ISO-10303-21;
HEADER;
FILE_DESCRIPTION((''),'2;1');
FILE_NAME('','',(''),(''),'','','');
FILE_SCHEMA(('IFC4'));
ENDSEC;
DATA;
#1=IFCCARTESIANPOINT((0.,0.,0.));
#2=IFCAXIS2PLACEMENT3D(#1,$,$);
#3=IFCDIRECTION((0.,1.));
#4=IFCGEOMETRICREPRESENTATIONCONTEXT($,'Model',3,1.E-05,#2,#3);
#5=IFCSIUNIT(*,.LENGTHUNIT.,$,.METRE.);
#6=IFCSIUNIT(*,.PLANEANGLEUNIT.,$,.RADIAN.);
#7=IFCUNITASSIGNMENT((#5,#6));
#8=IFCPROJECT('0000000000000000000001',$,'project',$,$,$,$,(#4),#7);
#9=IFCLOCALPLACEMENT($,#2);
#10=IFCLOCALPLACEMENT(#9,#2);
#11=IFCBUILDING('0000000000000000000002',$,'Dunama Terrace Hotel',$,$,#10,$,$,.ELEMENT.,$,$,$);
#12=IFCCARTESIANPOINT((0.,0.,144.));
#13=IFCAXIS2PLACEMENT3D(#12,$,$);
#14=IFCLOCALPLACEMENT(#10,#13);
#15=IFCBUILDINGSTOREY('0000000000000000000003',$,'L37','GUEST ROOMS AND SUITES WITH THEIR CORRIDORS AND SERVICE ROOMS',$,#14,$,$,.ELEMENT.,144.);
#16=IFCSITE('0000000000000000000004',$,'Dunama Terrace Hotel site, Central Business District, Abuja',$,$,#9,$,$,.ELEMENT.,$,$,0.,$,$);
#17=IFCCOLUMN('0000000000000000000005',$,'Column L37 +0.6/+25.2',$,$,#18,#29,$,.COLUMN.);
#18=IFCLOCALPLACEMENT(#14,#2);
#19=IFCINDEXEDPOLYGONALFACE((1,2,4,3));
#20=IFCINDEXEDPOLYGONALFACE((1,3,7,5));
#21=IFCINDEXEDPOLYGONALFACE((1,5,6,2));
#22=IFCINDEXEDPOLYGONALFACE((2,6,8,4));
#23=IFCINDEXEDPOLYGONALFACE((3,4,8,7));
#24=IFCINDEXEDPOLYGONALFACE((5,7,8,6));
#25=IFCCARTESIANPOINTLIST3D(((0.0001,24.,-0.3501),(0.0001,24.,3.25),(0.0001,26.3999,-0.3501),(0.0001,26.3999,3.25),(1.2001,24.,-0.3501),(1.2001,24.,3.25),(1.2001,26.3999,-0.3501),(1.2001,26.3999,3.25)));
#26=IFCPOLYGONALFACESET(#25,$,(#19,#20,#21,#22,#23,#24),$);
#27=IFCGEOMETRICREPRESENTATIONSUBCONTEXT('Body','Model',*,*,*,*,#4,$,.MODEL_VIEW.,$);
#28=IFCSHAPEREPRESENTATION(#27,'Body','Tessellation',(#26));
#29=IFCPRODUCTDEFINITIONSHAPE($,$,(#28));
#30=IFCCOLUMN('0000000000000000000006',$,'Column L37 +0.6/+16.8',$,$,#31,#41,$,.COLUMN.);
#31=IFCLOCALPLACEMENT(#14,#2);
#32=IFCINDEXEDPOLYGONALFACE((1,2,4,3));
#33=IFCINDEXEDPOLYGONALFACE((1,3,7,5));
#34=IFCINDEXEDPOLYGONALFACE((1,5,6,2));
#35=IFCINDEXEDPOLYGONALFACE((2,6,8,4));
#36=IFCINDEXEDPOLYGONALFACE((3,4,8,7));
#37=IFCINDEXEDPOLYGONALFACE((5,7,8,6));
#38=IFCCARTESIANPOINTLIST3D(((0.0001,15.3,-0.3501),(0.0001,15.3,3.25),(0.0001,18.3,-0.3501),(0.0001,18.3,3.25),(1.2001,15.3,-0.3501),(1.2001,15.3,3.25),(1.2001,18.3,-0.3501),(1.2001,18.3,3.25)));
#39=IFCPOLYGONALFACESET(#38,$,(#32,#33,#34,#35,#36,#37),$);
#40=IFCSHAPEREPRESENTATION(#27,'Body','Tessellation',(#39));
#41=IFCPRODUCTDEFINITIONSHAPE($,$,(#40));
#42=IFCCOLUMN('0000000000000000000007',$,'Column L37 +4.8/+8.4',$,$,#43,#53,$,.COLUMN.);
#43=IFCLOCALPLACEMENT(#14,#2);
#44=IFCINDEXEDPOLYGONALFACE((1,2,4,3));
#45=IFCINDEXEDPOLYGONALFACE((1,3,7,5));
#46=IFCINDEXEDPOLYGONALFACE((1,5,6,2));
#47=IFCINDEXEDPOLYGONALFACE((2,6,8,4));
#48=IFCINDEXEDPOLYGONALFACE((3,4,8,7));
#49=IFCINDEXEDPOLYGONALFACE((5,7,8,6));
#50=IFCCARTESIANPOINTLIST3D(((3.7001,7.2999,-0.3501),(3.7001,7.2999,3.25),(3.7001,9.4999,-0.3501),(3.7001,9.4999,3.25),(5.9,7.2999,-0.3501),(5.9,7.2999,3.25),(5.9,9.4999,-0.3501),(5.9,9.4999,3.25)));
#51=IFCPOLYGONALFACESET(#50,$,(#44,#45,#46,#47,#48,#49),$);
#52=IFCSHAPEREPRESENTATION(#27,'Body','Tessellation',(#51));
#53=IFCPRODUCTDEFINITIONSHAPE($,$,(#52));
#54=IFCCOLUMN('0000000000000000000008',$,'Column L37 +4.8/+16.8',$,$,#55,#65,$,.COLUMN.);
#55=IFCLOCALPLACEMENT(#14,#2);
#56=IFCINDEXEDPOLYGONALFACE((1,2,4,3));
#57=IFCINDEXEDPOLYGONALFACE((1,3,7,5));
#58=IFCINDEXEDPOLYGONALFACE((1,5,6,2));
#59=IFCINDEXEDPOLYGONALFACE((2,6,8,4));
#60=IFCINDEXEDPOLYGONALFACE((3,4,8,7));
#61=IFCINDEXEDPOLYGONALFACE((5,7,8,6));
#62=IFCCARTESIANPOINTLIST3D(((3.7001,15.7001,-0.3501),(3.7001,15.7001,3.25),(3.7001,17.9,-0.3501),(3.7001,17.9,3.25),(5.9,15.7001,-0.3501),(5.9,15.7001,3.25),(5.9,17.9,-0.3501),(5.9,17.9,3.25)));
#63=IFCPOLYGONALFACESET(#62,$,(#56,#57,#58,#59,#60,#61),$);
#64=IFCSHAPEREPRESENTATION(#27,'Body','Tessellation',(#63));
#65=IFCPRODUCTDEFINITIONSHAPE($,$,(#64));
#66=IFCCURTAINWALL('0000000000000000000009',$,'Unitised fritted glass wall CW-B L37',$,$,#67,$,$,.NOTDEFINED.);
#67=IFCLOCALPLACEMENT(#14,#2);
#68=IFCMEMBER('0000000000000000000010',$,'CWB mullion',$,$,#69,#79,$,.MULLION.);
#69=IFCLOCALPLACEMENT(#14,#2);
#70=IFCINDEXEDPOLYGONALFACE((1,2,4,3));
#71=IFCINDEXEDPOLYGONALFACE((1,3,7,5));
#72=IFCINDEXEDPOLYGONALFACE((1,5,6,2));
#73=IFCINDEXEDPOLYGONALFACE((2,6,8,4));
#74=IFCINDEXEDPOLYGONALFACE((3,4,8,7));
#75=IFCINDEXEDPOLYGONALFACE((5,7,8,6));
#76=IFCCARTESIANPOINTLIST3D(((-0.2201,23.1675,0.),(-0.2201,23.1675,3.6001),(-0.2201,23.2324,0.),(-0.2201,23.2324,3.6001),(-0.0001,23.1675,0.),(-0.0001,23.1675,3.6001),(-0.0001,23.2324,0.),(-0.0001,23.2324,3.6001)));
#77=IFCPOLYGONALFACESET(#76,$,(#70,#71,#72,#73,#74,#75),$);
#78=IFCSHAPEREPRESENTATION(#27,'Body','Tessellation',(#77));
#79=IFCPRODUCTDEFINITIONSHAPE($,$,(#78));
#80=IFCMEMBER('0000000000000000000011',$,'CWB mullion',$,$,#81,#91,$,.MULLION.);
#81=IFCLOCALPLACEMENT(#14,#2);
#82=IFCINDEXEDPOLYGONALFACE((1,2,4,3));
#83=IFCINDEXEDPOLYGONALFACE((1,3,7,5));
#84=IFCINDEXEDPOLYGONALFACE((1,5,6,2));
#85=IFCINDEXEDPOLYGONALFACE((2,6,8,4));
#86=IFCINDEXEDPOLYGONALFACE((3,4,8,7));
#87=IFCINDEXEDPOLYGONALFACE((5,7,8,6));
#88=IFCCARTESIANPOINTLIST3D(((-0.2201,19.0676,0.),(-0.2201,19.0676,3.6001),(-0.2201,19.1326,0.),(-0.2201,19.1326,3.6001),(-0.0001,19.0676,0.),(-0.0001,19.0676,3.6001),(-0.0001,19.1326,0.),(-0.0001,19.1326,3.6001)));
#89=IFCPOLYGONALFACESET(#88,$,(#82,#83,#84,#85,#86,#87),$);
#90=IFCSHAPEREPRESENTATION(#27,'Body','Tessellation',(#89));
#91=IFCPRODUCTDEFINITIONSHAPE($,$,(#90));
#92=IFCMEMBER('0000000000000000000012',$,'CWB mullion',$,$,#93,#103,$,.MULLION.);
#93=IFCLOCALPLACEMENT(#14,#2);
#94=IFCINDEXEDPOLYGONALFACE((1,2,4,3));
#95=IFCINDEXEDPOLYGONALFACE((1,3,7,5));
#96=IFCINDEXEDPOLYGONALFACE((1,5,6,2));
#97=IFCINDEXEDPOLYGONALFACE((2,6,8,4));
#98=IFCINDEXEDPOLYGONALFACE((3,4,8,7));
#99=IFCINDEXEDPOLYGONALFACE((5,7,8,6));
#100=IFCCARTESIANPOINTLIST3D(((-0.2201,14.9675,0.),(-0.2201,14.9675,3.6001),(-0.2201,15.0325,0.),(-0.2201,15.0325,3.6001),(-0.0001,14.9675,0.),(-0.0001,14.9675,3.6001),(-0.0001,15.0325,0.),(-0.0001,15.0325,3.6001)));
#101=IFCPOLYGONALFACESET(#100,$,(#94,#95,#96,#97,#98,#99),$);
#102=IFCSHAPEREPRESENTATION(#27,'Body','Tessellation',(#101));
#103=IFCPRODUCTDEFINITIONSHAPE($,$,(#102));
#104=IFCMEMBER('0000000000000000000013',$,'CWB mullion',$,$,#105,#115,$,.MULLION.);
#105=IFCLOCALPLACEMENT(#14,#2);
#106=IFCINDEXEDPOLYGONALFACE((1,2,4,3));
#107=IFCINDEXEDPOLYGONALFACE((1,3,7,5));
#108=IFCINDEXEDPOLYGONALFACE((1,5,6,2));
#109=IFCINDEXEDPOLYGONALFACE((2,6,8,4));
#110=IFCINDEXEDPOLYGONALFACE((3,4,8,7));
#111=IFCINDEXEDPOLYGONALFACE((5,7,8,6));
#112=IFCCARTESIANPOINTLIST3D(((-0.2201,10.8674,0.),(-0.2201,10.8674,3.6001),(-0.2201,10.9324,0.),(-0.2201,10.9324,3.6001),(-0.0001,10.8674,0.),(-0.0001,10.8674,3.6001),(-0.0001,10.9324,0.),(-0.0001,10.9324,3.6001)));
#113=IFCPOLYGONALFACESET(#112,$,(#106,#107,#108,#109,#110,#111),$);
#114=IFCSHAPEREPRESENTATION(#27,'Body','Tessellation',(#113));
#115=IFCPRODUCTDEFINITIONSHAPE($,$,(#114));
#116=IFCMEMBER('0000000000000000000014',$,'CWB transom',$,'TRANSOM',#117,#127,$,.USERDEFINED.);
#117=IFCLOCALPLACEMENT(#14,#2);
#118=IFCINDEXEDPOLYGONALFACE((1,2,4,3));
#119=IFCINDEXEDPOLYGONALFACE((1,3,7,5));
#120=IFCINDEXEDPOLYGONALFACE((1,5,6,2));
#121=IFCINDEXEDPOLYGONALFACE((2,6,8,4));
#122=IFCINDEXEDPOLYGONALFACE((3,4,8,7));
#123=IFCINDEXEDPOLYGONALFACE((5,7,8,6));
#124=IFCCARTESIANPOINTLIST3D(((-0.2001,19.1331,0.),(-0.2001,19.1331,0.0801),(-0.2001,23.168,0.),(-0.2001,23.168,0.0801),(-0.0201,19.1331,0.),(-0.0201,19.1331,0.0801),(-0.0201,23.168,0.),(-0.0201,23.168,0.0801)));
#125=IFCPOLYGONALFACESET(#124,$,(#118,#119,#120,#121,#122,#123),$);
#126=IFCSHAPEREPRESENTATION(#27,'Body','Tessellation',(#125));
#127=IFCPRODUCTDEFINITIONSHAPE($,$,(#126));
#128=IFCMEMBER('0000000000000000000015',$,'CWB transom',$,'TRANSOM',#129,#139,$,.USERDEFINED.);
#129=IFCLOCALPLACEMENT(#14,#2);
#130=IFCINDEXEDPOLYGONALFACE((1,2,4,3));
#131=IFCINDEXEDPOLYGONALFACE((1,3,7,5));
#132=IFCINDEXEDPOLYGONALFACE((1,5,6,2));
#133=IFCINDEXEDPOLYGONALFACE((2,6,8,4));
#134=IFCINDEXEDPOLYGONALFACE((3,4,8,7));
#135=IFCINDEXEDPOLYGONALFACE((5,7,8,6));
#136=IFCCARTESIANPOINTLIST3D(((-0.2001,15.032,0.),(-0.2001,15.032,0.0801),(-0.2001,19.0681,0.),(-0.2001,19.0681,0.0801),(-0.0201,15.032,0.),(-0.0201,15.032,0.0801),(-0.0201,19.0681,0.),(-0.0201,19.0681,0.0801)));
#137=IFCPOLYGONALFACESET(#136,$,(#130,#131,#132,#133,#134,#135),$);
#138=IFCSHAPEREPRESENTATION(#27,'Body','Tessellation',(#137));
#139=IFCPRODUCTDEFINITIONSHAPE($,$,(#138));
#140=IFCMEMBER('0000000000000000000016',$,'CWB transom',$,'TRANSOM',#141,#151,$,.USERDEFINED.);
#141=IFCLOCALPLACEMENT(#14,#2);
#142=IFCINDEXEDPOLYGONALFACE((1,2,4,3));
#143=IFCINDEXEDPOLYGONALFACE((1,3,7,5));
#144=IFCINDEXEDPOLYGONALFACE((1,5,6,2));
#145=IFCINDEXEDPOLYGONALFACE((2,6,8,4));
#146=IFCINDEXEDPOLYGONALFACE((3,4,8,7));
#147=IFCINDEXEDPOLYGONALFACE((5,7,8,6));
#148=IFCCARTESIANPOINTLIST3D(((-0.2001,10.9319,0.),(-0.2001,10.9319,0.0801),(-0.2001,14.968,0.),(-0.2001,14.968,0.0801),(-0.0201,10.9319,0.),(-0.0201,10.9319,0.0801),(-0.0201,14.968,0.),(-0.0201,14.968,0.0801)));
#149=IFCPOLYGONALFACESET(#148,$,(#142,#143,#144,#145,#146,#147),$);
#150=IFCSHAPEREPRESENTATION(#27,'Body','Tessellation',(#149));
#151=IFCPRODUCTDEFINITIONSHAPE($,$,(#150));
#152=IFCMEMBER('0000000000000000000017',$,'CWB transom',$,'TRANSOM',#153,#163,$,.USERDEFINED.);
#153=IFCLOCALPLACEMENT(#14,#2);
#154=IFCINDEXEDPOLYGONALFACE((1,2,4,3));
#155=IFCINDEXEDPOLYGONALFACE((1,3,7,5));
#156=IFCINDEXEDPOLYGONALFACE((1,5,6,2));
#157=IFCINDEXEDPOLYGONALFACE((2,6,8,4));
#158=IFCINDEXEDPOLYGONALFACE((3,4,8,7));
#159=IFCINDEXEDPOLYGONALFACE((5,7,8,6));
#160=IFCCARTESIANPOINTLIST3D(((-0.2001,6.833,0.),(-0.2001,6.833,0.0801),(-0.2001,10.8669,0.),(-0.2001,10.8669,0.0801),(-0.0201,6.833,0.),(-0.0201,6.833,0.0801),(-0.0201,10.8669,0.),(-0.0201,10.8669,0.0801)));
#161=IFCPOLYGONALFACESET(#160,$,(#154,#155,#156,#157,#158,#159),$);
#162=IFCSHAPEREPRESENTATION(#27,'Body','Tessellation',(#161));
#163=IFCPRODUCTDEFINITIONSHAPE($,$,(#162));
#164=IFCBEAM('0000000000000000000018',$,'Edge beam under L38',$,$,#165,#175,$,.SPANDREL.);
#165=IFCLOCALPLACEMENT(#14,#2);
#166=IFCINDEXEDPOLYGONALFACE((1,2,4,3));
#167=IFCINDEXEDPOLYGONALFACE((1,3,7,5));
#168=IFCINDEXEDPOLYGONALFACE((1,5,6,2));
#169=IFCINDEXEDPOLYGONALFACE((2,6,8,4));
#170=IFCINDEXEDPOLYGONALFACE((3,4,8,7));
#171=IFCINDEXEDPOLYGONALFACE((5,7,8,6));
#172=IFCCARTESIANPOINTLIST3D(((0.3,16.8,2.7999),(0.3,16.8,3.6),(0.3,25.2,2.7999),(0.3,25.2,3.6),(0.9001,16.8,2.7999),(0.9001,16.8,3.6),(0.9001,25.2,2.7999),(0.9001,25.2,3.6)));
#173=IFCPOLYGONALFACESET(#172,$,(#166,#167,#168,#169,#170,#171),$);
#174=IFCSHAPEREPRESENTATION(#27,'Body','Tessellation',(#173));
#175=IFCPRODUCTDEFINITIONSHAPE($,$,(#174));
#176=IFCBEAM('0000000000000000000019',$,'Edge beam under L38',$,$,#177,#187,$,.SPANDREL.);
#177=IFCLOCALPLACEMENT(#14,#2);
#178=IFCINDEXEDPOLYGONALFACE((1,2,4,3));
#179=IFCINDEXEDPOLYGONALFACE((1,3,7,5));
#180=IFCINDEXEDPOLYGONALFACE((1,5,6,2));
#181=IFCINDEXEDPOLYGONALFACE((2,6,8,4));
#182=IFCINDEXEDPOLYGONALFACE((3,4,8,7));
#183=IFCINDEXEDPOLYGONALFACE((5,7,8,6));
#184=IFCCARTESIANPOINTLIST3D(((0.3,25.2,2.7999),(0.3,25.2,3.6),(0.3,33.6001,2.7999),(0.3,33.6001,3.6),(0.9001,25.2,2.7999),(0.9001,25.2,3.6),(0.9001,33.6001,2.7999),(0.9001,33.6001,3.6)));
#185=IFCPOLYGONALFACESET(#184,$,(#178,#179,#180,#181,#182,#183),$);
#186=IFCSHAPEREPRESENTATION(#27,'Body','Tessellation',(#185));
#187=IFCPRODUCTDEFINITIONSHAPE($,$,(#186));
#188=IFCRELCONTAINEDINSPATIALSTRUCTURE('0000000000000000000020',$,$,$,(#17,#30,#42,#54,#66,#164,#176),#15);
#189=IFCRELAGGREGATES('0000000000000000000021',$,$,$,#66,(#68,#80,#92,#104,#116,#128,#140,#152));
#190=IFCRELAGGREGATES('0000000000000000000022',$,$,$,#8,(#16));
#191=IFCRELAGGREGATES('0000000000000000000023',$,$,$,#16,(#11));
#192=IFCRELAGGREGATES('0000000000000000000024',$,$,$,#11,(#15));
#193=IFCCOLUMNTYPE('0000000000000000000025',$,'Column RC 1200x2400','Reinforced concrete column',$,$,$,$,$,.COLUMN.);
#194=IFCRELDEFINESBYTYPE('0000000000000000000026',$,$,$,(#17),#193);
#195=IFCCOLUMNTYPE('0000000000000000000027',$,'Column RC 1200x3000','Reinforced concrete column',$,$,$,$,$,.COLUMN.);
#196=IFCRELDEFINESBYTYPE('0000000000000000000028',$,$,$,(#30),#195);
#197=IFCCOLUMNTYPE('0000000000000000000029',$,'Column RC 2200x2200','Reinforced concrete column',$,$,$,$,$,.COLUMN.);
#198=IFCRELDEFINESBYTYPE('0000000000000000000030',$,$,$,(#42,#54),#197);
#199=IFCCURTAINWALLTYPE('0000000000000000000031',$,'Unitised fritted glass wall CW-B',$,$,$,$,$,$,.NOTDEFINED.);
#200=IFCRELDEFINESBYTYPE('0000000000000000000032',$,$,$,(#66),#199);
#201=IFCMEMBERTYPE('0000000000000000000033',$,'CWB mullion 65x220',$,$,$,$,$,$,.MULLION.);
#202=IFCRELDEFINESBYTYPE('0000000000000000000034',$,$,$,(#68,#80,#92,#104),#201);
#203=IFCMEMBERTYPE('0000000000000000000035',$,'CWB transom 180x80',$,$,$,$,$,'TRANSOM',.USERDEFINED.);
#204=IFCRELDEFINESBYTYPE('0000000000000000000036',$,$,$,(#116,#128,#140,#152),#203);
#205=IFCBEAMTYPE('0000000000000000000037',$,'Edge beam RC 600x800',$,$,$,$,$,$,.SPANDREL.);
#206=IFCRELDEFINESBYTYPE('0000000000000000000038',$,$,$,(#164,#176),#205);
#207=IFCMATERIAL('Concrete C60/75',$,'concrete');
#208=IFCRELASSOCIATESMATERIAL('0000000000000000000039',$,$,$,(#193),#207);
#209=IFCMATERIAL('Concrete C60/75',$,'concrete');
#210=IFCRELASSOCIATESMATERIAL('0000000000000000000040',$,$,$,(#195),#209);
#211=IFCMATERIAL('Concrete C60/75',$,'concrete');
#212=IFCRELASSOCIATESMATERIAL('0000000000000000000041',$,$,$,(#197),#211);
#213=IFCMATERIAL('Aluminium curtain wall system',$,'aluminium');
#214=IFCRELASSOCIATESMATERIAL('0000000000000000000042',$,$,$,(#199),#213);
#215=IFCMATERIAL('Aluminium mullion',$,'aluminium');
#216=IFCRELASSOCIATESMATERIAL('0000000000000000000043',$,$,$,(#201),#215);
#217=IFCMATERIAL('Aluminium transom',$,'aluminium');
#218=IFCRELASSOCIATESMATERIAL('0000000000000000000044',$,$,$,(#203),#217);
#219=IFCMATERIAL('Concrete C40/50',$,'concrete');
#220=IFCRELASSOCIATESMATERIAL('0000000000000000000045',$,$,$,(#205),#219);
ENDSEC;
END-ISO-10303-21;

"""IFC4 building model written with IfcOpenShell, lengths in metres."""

from ifc_helpers import new_model, si_unit, direction, frame, origin, origin_2d, place, context, subcontext, project, spatial, rectangle, extrude, material, material_profile, profile_set, type_object, element, aggregate, save


model = new_model("IFC4")

# Units and contexts
model_context = context("Model", 3, precision=1e-05, world=origin(), true_north=direction((0.0, 1.0)))
body_context = subcontext(model_context, "Body", "Model", "MODEL_VIEW")
ifc_project = project(units=[si_unit("LENGTHUNIT", "METRE"), si_unit("PLANEANGLEUNIT", "RADIAN")], contexts=[model_context])

# Site, building, storey
site_placement = place(None, origin())
site = spatial("IfcSite", under=ifc_project, at=site_placement, Name="Dunama Terrace Hotel site, Central Business District, Abuja", CompositionType="ELEMENT", RefElevation=0.0)
building_placement = place(site_placement, origin())
building = spatial("IfcBuilding", under=site, at=building_placement, Name="Dunama Terrace Hotel", CompositionType="ELEMENT")
storey_placement = place(building_placement, frame((0.0, 0.0, 144.0)))
storey = spatial("IfcBuildingStorey", under=building, at=storey_placement, Name="L37", Description="GUEST ROOMS AND SUITES WITH THEIR CORRIDORS AND SERVICE ROOMS", CompositionType="ELEMENT", Elevation=144.0)

# Columns
ifc_material_1 = material(Name="Concrete C60/75", Category="concrete")
ifc_material_profile_1 = material_profile(ifc_material_1, rectangle(XDim=1.2, YDim=2.3999, at=origin_2d()), Name="RC 1200x2400")
ifc_profile_set_1 = profile_set([ifc_material_profile_1], Name="Concrete C60/75")
column_type_1 = type_object("IfcColumnType", Name="Column RC 1200x2400", Description="Reinforced concrete column", PredefinedType="COLUMN", material=ifc_profile_set_1)
column_1_placement = place(storey_placement, frame((0.6001, 25.2, -0.3501), z_axis=(0.0, 0.0, 1.0), x_axis=(1.0, 0.0, 0.0)))
element("IfcColumn", 1, at=column_1_placement, inside=storey, type_object=column_type_1, Name="Column L37 +0.6/+25.2", PredefinedType="COLUMN", context=body_context, shape_type="SweptSolid", body=[
    extrude(rectangle(XDim=1.2, YDim=2.3999, at=origin_2d()), origin(), (0.0, 0.0, 1.0), 3.6001),
])
ifc_material_2 = material(Name="Concrete C60/75", Category="concrete")
ifc_material_profile_2 = material_profile(ifc_material_2, rectangle(XDim=1.2, YDim=3.0, at=origin_2d()), Name="RC 1200x3000")
ifc_profile_set_2 = profile_set([ifc_material_profile_2], Name="Concrete C60/75")
column_type_2 = type_object("IfcColumnType", Name="Column RC 1200x3000", Description="Reinforced concrete column", PredefinedType="COLUMN", material=ifc_profile_set_2)
column_2_placement = place(storey_placement, frame((0.6001, 16.8, -0.3501), z_axis=(0.0, 0.0, 1.0), x_axis=(1.0, 0.0, 0.0)))
element("IfcColumn", 2, at=column_2_placement, inside=storey, type_object=column_type_2, Name="Column L37 +0.6/+16.8", PredefinedType="COLUMN", context=body_context, shape_type="SweptSolid", body=[
    extrude(rectangle(XDim=1.2, YDim=3.0, at=origin_2d()), origin(), (0.0, 0.0, 1.0), 3.6001),
])
ifc_material_3 = material(Name="Concrete C60/75", Category="concrete")
ifc_material_profile_3 = material_profile(ifc_material_3, rectangle(XDim=2.2, YDim=2.2, at=origin_2d()), Name="RC 2200x2200")
ifc_profile_set_3 = profile_set([ifc_material_profile_3], Name="Concrete C60/75")
column_type_3 = type_object("IfcColumnType", Name="Column RC 2200x2200", Description="Reinforced concrete column", PredefinedType="COLUMN", material=ifc_profile_set_3)
for number, where, z_axis, x_axis, name in (
    (3, (4.8, 8.3999, -0.3501), (0.0, 0.0, 1.0), (1.0, 0.0, 0.0), "Column L37 +4.8/+8.4"),
    (4, (4.8, 16.8, -0.3501), (0.0, 0.0, 1.0), (1.0, 0.0, 0.0), "Column L37 +4.8/+16.8"),
):
    element("IfcColumn", number, at=place(storey_placement, frame(where, z_axis=z_axis, x_axis=x_axis)), inside=storey, type_object=column_type_3, Name=name, PredefinedType="COLUMN", context=body_context, shape_type="SweptSolid", body=[
        extrude(rectangle(XDim=2.2, YDim=2.2, at=origin_2d()), origin(), (0.0, 0.0, 1.0), 3.6001),
    ])

# Curtain wall, members
ifc_material_4 = material(Name="Aluminium curtain wall system", Category="aluminium")
curtain_wall_type = type_object("IfcCurtainWallType", Name="Unitised fritted glass wall CW-B", PredefinedType="NOTDEFINED", material=ifc_material_4)
curtain_wall_placement = place(storey_placement, origin())
curtain_wall = element("IfcCurtainWall", 5, at=curtain_wall_placement, inside=storey, type_object=curtain_wall_type, Name="Unitised fritted glass wall CW-B L37", PredefinedType="NOTDEFINED")
ifc_material_5 = material(Name="Aluminium mullion", Category="aluminium")
ifc_material_profile_4 = material_profile(ifc_material_5, rectangle(XDim=0.0649, YDim=0.22, at=origin_2d()), Name="CWB MULLION 65X220")
ifc_profile_set_4 = profile_set([ifc_material_profile_4], Name="Aluminium mullion")
member_type_1 = type_object("IfcMemberType", Name="CWB mullion 65x220", PredefinedType="MULLION", material=ifc_profile_set_4)
member_1_placement = place(storey_placement, frame((-0.1101, 23.2, 0.0), z_axis=(0.0, 0.0, 1.0), x_axis=(0.0, -1.0, 0.0)))
member_1 = element("IfcMember", 6, at=member_1_placement, type_object=member_type_1, Name="CWB mullion", PredefinedType="MULLION", context=body_context, shape_type="SweptSolid", body=[
    extrude(rectangle(XDim=0.0649, YDim=0.22, at=origin_2d()), origin(), (0.0, 0.0, 1.0), 3.6001),
])
member_2_placement = place(storey_placement, frame((-0.1101, 19.1001, 0.0), z_axis=(0.0, 0.0, 1.0), x_axis=(0.0, -1.0, 0.0)))
member_2 = element("IfcMember", 7, at=member_2_placement, type_object=member_type_1, Name="CWB mullion", PredefinedType="MULLION", context=body_context, shape_type="SweptSolid", body=[
    extrude(rectangle(XDim=0.0649, YDim=0.22, at=origin_2d()), origin(), (0.0, 0.0, 1.0), 3.6001),
])
member_3_placement = place(storey_placement, frame((-0.1101, 15.0, 0.0), z_axis=(0.0, 0.0, 1.0), x_axis=(0.0, -1.0, 0.0)))
member_3 = element("IfcMember", 8, at=member_3_placement, type_object=member_type_1, Name="CWB mullion", PredefinedType="MULLION", context=body_context, shape_type="SweptSolid", body=[
    extrude(rectangle(XDim=0.0649, YDim=0.22, at=origin_2d()), origin(), (0.0, 0.0, 1.0), 3.6001),
])
member_4_placement = place(storey_placement, frame((-0.1101, 10.8999, 0.0), z_axis=(0.0, 0.0, 1.0), x_axis=(0.0, -1.0, 0.0)))
member_4 = element("IfcMember", 9, at=member_4_placement, type_object=member_type_1, Name="CWB mullion", PredefinedType="MULLION", context=body_context, shape_type="SweptSolid", body=[
    extrude(rectangle(XDim=0.0649, YDim=0.22, at=origin_2d()), origin(), (0.0, 0.0, 1.0), 3.6001),
])
ifc_material_6 = material(Name="Aluminium transom", Category="aluminium")
ifc_material_profile_5 = material_profile(ifc_material_6, rectangle(XDim=0.1799, YDim=0.0801, at=origin_2d()), Name="CWB TRANSOM 180X80")
ifc_profile_set_5 = profile_set([ifc_material_profile_5], Name="Aluminium transom")
member_type_2 = type_object("IfcMemberType", Name="CWB transom 180x80", ElementType="TRANSOM", PredefinedType="USERDEFINED", material=ifc_profile_set_5)
member_5_placement = place(storey_placement, frame((-0.1101, 23.168, 0.04), z_axis=(0.0, -1.0, 0.0), x_axis=(1.0, 0.0, 0.0)))
member_5 = element("IfcMember", 10, at=member_5_placement, type_object=member_type_2, Name="CWB transom", ObjectType="TRANSOM", PredefinedType="USERDEFINED", context=body_context, shape_type="SweptSolid", body=[
    extrude(rectangle(XDim=0.1799, YDim=0.0801, at=origin_2d()), origin(), (0.0, 0.0, 1.0), 4.0349),
])
member_6_placement = place(storey_placement, frame((-0.1101, 19.0681, 0.04), z_axis=(0.0, -1.0, 0.0), x_axis=(1.0, 0.0, 0.0)))
member_6 = element("IfcMember", 11, at=member_6_placement, type_object=member_type_2, Name="CWB transom", ObjectType="TRANSOM", PredefinedType="USERDEFINED", context=body_context, shape_type="SweptSolid", body=[
    extrude(rectangle(XDim=0.1799, YDim=0.0801, at=origin_2d()), origin(), (0.0, 0.0, 1.0), 4.0361),
])
member_7_placement = place(storey_placement, frame((-0.1101, 14.968, 0.04), z_axis=(0.0, -1.0, 0.0), x_axis=(1.0, 0.0, 0.0)))
member_7 = element("IfcMember", 12, at=member_7_placement, type_object=member_type_2, Name="CWB transom", ObjectType="TRANSOM", PredefinedType="USERDEFINED", context=body_context, shape_type="SweptSolid", body=[
    extrude(rectangle(XDim=0.1799, YDim=0.0801, at=origin_2d()), origin(), (0.0, 0.0, 1.0), 4.0361),
])
member_8_placement = place(storey_placement, frame((-0.1101, 10.8669, 0.04), z_axis=(0.0, -1.0, 0.0), x_axis=(1.0, 0.0, 0.0)))
member_8 = element("IfcMember", 13, at=member_8_placement, type_object=member_type_2, Name="CWB transom", ObjectType="TRANSOM", PredefinedType="USERDEFINED", context=body_context, shape_type="SweptSolid", body=[
    extrude(rectangle(XDim=0.1799, YDim=0.0801, at=origin_2d()), origin(), (0.0, 0.0, 1.0), 4.0339),
])

# Beams
ifc_material_7 = material(Name="Concrete C40/50", Category="concrete")
ifc_material_profile_6 = material_profile(ifc_material_7, rectangle(XDim=0.6001, YDim=0.8, at=origin_2d()), Name="RC 600x800")
ifc_profile_set_6 = profile_set([ifc_material_profile_6], Name="Concrete C40/50")
beam_type = type_object("IfcBeamType", Name="Edge beam RC 600x800", PredefinedType="SPANDREL", material=ifc_profile_set_6)
beam_1_placement = place(storey_placement, frame((0.6001, 16.8, 3.2), z_axis=(0.0, 1.0, 0.0), x_axis=(-1.0, 0.0, 0.0)))
element("IfcBeam", 14, at=beam_1_placement, inside=storey, type_object=beam_type, Name="Edge beam under L38", PredefinedType="SPANDREL", context=body_context, shape_type="SweptSolid", body=[
    extrude(rectangle(XDim=0.6001, YDim=0.8, at=origin_2d()), origin(), (0.0, 0.0, 1.0), 8.3999),
])
beam_2_placement = place(storey_placement, frame((0.6001, 25.2, 3.2), z_axis=(0.0, 1.0, 0.0), x_axis=(-1.0, 0.0, 0.0)))
element("IfcBeam", 15, at=beam_2_placement, inside=storey, type_object=beam_type, Name="Edge beam under L38", PredefinedType="SPANDREL", context=body_context, shape_type="SweptSolid", body=[
    extrude(rectangle(XDim=0.6001, YDim=0.8, at=origin_2d()), origin(), (0.0, 0.0, 1.0), 8.4001),
])

aggregate(curtain_wall, [member_1, member_2, member_3, member_4, member_5, member_6, member_7, member_8])

save(model, "model.ifc")
